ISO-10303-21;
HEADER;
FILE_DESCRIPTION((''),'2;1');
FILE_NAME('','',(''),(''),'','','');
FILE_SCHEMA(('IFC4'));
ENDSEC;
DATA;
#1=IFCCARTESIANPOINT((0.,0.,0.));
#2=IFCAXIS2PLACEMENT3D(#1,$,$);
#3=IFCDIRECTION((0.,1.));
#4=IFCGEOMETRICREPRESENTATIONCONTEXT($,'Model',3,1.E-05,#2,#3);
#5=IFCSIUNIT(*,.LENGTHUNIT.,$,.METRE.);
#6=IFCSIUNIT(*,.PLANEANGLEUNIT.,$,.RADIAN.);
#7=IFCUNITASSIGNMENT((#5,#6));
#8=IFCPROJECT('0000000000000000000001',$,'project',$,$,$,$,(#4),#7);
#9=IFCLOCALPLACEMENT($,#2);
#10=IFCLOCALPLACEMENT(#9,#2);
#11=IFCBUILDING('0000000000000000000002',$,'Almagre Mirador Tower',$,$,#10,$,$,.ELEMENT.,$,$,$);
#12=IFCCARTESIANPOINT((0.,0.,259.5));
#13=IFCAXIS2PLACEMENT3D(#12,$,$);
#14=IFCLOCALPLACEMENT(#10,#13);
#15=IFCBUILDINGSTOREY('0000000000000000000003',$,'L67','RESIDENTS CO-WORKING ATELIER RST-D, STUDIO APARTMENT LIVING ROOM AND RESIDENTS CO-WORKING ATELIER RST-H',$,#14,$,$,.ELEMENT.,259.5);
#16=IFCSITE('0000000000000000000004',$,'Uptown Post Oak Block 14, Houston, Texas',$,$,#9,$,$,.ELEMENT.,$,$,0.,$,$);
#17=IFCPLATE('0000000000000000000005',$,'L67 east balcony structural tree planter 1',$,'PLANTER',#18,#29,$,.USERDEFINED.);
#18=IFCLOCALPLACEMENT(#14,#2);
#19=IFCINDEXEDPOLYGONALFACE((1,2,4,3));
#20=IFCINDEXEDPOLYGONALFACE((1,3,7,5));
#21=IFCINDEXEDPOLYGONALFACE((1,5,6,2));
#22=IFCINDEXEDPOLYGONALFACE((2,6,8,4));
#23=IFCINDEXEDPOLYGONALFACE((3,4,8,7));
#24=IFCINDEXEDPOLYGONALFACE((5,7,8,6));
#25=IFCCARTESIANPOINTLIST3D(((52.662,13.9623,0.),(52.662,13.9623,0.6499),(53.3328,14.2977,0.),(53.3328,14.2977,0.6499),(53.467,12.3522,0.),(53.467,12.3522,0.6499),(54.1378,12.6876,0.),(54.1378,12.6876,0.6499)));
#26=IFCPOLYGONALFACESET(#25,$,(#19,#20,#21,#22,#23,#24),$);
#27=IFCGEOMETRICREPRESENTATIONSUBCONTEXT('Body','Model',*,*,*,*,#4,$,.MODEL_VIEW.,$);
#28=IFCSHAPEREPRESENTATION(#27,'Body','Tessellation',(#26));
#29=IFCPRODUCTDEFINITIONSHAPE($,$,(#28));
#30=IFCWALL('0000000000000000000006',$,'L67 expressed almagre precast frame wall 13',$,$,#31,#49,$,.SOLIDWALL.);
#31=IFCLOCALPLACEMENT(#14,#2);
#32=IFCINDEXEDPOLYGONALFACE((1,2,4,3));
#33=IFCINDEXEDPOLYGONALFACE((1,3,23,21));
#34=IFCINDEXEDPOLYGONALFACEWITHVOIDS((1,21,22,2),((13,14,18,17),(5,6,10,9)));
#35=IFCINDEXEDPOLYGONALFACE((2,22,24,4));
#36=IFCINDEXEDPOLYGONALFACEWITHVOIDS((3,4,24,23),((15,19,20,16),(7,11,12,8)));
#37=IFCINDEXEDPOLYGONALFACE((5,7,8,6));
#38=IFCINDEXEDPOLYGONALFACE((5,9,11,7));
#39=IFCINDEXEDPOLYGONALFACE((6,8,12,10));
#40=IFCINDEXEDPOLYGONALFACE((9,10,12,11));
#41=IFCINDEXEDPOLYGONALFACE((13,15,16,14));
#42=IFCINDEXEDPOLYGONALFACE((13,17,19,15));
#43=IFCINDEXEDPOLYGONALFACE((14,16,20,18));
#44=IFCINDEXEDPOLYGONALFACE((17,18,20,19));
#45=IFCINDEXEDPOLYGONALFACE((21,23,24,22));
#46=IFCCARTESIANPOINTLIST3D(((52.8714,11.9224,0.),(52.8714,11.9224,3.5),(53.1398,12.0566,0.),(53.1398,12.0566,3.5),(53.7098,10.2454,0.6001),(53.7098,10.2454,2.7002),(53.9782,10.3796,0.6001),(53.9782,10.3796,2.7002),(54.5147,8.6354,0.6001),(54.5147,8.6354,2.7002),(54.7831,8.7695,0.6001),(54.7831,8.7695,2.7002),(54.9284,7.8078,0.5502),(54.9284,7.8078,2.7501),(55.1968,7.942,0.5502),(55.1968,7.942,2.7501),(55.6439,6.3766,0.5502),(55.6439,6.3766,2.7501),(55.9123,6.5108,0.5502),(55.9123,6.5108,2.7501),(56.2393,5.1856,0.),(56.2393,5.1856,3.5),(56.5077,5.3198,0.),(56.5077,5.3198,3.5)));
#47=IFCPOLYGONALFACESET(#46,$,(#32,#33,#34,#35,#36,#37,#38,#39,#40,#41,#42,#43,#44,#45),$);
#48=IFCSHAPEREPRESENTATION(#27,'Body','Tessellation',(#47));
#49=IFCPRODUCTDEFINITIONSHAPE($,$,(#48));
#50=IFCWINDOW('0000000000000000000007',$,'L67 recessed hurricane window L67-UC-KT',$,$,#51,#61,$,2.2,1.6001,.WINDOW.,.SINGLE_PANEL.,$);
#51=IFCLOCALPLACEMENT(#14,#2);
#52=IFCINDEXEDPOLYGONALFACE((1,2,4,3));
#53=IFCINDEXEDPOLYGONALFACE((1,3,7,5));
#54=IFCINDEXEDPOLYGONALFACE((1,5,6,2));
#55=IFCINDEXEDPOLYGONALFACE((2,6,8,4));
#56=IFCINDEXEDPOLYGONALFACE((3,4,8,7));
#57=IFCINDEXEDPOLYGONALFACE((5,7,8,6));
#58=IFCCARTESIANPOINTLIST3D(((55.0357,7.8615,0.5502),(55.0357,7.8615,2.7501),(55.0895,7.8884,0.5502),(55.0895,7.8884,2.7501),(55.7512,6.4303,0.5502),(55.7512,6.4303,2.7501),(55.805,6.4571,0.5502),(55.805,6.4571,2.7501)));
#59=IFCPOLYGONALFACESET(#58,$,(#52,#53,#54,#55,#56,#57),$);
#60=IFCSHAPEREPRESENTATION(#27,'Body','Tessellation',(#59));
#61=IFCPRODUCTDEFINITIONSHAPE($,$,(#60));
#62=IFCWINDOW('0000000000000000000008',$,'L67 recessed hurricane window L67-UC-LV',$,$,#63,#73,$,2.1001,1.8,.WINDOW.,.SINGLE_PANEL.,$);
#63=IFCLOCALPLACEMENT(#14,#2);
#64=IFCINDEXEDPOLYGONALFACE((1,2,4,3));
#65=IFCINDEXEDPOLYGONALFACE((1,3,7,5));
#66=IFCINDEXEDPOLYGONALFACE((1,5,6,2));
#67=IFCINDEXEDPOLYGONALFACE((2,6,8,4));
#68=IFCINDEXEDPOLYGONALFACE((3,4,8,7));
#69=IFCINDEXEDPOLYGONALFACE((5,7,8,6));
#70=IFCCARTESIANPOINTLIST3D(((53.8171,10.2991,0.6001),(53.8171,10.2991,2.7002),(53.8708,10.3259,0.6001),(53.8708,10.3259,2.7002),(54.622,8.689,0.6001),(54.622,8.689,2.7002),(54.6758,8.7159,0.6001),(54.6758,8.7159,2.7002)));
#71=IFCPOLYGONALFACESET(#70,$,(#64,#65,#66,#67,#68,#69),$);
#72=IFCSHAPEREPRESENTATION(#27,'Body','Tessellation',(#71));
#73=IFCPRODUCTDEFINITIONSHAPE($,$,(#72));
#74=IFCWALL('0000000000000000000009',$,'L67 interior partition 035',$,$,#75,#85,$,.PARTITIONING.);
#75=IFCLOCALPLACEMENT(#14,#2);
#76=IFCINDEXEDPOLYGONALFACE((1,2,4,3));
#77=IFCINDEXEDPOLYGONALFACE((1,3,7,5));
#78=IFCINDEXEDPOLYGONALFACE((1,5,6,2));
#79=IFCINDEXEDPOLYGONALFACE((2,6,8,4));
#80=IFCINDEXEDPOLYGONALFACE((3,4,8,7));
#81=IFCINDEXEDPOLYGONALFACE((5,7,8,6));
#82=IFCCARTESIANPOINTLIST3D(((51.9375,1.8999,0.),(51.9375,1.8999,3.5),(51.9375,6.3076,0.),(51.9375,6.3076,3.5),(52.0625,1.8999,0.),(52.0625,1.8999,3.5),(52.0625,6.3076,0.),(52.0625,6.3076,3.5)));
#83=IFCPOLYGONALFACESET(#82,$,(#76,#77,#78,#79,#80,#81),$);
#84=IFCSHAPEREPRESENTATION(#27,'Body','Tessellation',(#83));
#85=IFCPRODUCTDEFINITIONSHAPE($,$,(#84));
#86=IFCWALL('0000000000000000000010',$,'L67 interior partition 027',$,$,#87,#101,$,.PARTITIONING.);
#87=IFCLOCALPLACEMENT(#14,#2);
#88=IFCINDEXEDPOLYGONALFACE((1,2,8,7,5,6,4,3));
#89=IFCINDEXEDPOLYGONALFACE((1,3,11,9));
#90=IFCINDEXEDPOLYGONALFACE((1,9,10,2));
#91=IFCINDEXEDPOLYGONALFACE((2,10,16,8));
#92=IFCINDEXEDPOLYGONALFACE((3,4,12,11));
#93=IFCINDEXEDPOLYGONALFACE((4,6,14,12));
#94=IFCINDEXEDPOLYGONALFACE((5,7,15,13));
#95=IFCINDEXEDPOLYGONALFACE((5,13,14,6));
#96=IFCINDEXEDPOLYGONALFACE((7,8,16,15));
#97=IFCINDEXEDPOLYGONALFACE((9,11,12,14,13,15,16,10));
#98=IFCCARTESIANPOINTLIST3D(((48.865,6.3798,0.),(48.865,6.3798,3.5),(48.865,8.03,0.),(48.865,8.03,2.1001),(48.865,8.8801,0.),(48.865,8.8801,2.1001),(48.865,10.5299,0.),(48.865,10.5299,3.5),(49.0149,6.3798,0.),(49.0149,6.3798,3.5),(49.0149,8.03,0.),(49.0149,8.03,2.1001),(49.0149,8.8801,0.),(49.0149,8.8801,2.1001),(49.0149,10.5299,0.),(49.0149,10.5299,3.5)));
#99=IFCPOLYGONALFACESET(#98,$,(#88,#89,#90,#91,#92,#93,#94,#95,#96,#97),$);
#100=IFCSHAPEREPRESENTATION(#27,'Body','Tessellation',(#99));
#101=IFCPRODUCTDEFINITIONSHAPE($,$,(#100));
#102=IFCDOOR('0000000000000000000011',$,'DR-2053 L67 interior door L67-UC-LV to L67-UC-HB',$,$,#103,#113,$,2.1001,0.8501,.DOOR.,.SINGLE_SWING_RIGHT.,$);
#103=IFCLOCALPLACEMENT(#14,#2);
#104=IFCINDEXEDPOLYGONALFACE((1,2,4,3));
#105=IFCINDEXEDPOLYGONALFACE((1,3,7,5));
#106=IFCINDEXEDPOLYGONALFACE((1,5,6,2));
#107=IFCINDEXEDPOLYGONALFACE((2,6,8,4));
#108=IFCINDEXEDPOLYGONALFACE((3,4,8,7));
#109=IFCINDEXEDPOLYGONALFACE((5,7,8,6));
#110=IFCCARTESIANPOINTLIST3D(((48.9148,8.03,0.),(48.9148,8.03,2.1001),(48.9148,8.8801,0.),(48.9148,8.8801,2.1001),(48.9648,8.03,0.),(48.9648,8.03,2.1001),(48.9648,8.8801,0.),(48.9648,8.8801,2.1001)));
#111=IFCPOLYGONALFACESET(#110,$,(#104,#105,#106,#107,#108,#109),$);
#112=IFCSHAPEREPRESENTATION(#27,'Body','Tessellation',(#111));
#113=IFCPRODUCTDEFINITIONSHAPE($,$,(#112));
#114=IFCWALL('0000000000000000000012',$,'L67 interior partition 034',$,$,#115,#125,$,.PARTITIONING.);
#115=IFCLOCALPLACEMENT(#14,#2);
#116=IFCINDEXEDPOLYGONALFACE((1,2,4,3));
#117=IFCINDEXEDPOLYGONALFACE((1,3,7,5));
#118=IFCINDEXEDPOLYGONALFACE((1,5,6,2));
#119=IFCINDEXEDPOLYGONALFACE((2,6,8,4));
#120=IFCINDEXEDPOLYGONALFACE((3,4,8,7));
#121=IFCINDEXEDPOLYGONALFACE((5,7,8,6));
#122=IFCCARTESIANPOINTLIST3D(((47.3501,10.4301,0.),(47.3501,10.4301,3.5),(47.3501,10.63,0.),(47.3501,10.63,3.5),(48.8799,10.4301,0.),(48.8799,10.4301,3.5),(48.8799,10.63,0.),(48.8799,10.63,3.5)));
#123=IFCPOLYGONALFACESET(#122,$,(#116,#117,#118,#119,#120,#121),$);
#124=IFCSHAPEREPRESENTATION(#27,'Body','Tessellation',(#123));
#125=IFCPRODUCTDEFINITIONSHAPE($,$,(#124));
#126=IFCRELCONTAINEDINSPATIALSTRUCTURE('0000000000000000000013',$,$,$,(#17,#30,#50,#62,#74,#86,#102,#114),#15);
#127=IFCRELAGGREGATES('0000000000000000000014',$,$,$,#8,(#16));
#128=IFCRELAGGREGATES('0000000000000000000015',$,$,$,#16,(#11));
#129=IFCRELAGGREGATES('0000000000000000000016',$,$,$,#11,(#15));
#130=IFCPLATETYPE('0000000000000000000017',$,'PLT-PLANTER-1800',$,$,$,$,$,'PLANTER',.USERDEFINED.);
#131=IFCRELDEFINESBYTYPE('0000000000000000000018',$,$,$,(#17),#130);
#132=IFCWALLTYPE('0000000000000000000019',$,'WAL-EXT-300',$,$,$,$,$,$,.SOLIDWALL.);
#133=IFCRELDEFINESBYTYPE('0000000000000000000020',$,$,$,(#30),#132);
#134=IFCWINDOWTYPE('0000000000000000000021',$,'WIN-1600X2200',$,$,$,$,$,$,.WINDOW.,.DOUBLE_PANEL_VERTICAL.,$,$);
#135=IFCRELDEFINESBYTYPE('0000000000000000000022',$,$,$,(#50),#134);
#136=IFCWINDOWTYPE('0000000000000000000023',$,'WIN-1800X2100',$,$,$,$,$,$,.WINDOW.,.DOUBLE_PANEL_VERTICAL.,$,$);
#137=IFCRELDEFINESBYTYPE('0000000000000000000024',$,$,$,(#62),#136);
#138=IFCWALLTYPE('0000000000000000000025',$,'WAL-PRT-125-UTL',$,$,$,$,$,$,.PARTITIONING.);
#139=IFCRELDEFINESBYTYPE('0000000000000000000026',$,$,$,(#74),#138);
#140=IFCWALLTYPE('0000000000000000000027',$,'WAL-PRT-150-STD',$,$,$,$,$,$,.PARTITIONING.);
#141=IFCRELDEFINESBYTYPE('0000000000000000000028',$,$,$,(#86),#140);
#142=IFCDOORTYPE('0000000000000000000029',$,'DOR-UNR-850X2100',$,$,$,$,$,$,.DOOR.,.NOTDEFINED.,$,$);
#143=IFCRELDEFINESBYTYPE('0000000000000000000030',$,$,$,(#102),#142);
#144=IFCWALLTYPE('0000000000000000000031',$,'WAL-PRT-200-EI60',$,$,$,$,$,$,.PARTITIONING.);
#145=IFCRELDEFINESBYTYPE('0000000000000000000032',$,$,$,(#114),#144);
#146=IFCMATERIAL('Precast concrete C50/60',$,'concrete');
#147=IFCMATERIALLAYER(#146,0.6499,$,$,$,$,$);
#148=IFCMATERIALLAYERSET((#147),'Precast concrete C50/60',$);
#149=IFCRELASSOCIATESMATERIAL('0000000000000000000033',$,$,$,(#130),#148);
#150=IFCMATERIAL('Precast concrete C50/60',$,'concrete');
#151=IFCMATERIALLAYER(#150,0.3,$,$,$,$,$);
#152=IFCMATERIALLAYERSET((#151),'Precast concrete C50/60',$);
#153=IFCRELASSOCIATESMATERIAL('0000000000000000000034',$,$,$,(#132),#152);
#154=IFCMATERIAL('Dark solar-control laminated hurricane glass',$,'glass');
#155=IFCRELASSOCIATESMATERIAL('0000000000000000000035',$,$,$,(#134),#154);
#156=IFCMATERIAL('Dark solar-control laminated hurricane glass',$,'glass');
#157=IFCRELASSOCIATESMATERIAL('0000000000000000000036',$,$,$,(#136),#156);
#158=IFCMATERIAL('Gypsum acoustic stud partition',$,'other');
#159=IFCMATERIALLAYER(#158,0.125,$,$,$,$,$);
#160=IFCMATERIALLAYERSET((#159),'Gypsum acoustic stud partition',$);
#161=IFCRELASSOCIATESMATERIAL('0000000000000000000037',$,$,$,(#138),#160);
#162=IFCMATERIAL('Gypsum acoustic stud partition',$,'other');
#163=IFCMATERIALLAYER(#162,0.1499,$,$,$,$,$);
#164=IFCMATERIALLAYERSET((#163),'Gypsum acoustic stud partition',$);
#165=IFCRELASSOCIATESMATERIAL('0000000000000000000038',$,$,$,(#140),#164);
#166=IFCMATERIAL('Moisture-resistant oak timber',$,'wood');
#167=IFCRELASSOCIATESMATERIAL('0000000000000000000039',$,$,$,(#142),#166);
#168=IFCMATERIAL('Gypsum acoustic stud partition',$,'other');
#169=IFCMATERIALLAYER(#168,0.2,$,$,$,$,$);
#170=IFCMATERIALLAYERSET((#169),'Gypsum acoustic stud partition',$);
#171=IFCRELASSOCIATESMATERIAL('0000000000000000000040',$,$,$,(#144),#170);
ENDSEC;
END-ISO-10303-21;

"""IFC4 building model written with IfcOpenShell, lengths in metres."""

from ifc_helpers import new_model, si_unit, direction, frame, frame_2d, origin, origin_2d, place, context, subcontext, project, spatial, rectangle, extrude, material, layer, layer_set, type_object, element, fill, save


model = new_model("IFC4")

# Units and contexts
model_context = context("Model", 3, precision=1e-05, world=origin(), true_north=direction((0.0, 1.0)))
body_context = subcontext(model_context, "Body", "Model", "MODEL_VIEW")
ifc_project = project(units=[si_unit("LENGTHUNIT", "METRE"), si_unit("PLANEANGLEUNIT", "RADIAN")], contexts=[model_context])

# Site, building, storey
site_placement = place(None, origin())
site = spatial("IfcSite", under=ifc_project, at=site_placement, Name="Uptown Post Oak Block 14, Houston, Texas", CompositionType="ELEMENT", RefElevation=0.0)
building_placement = place(site_placement, origin())
building = spatial("IfcBuilding", under=site, at=building_placement, Name="Almagre Mirador Tower", CompositionType="ELEMENT")
storey_placement = place(building_placement, frame((0.0, 0.0, 259.5)))
storey = spatial("IfcBuildingStorey", under=building, at=storey_placement, Name="L67", Description="RESIDENTS CO-WORKING ATELIER RST-D, STUDIO APARTMENT LIVING ROOM AND RESIDENTS CO-WORKING ATELIER RST-H", CompositionType="ELEMENT", Elevation=259.5)

# Plate
ifc_material_1 = material(Name="Precast concrete C50/60", Category="concrete")
ifc_layer_1 = layer(ifc_material_1, 0.6499)
ifc_layer_set_1 = layer_set([ifc_layer_1], Name="Precast concrete C50/60")
plate_type = type_object("IfcPlateType", Name="PLT-PLANTER-1800", ElementType="PLANTER", PredefinedType="USERDEFINED", material=ifc_layer_set_1)
plate_placement = place(storey_placement, frame((53.3999, 13.325, 0.0), z_axis=(0.0, 0.0, 1.0), x_axis=(-0.447213, 0.894428, 0.0)))
element("IfcPlate", 1, at=plate_placement, inside=storey, type_object=plate_type, Name="L67 east balcony structural tree planter 1", ObjectType="PLANTER", PredefinedType="USERDEFINED", context=body_context, shape_type="SweptSolid", body=[
    extrude(rectangle(XDim=1.8, YDim=0.75, at=origin_2d()), origin(), (0.0, 0.0, 1.0), 0.6499),
])

# Wall, openings, windows
ifc_material_2 = material(Name="Precast concrete C50/60", Category="concrete")
ifc_layer_2 = layer(ifc_material_2, 0.3)
ifc_layer_set_2 = layer_set([ifc_layer_2], Name="Precast concrete C50/60")
wall_type_1 = type_object("IfcWallType", Name="WAL-EXT-300", PredefinedType="SOLIDWALL", material=ifc_layer_set_2)
wall_1_placement = place(storey_placement, frame((53.0056, 11.9895, 0.0), z_axis=(0.0, 0.0, 1.0), x_axis=(0.447162, -0.894453, 0.0)))
wall_1 = element("IfcWall", 2, at=wall_1_placement, inside=storey, type_object=wall_type_1, Name="L67 expressed almagre precast frame wall 13", PredefinedType="SOLIDWALL", context=body_context, shape_type="SweptSolid", body=[
    extrude(rectangle(XDim=7.5317, YDim=0.3, at=frame_2d((3.7659, 0.0))), origin(), (0.0, 0.0, 1.0), 3.5),
])
opening_1_placement = place(wall_1_placement, frame((1.875, 0.0, 0.6001)))
opening_1 = element("IfcOpeningElement", 3, at=opening_1_placement, cuts=wall_1, PredefinedType="OPENING", context=body_context, shape_type="SweptSolid", body=[
    extrude(rectangle(XDim=1.8, YDim=2.1001, at=frame_2d((0.8999, 1.05))), frame((0.0, 0.1599, 0.0), z_axis=(0.0, -1.0, 0.0), x_axis=(1.0, 0.0, 0.0)), (0.0, 0.0, 1.0), 0.32),
])
opening_2_placement = place(wall_1_placement, frame((4.6001, 0.0, 0.55)))
opening_2 = element("IfcOpeningElement", 4, at=opening_2_placement, cuts=wall_1, PredefinedType="OPENING", context=body_context, shape_type="SweptSolid", body=[
    extrude(rectangle(XDim=1.6001, YDim=2.2, at=frame_2d((0.8, 1.1001))), frame((0.0, 0.1599, 0.0), z_axis=(0.0, -1.0, 0.0), x_axis=(1.0, 0.0, 0.0)), (0.0, 0.0, 1.0), 0.32),
])
ifc_material_3 = material(Name="Dark solar-control laminated hurricane glass", Category="glass")
window_type_1 = type_object("IfcWindowType", Name="WIN-1600X2200", PartitioningType="DOUBLE_PANEL_VERTICAL", PredefinedType="WINDOW", material=ifc_material_3)
window_1_placement = place(opening_2_placement, origin())
window_1 = element("IfcWindow", 5, at=window_1_placement, inside=storey, type_object=window_type_1, Name="L67 recessed hurricane window L67-UC-KT", OverallHeight=2.2, OverallWidth=1.6001, PartitioningType="SINGLE_PANEL", PredefinedType="WINDOW", context=body_context, shape_type="SweptSolid", body=[
    extrude(rectangle(XDim=1.6001, YDim=2.2, at=frame_2d((0.8, 1.1001))), frame((0.0, 0.03, 0.0), z_axis=(0.0, -1.0, 0.0), x_axis=(1.0, 0.0, 0.0)), (0.0, 0.0, 1.0), 0.0601),
])
fill(opening_2, window_1)
ifc_material_4 = material(Name="Dark solar-control laminated hurricane glass", Category="glass")
window_type_2 = type_object("IfcWindowType", Name="WIN-1800X2100", PartitioningType="DOUBLE_PANEL_VERTICAL", PredefinedType="WINDOW", material=ifc_material_4)
window_2_placement = place(opening_1_placement, origin())
window_2 = element("IfcWindow", 6, at=window_2_placement, inside=storey, type_object=window_type_2, Name="L67 recessed hurricane window L67-UC-LV", OverallHeight=2.1001, OverallWidth=1.8, PartitioningType="SINGLE_PANEL", PredefinedType="WINDOW", context=body_context, shape_type="SweptSolid", body=[
    extrude(rectangle(XDim=1.8, YDim=2.1001, at=frame_2d((0.8999, 1.05))), frame((0.0, 0.03, 0.0), z_axis=(0.0, -1.0, 0.0), x_axis=(1.0, 0.0, 0.0)), (0.0, 0.0, 1.0), 0.0601),
])
fill(opening_1, window_2)

# Wall
ifc_material_5 = material(Name="Gypsum acoustic stud partition", Category="other")
ifc_layer_3 = layer(ifc_material_5, 0.125)
ifc_layer_set_3 = layer_set([ifc_layer_3], Name="Gypsum acoustic stud partition")
wall_type_2 = type_object("IfcWallType", Name="WAL-PRT-125-UTL", PredefinedType="PARTITIONING", material=ifc_layer_set_3)
wall_2_placement = place(storey_placement, frame((52.0, 6.3076, 0.0), z_axis=(0.0, 0.0, 1.0), x_axis=(0.0, -1.0, 0.0)))
element("IfcWall", 7, at=wall_2_placement, inside=storey, type_object=wall_type_2, Name="L67 interior partition 035", PredefinedType="PARTITIONING", context=body_context, shape_type="SweptSolid", body=[
    extrude(rectangle(XDim=4.4077, YDim=0.125, at=frame_2d((2.2039, 0.0))), origin(), (0.0, 0.0, 1.0), 3.5),
])

# Wall, opening, door
ifc_material_6 = material(Name="Gypsum acoustic stud partition", Category="other")
ifc_layer_4 = layer(ifc_material_6, 0.1499)
ifc_layer_set_4 = layer_set([ifc_layer_4], Name="Gypsum acoustic stud partition")
wall_type_3 = type_object("IfcWallType", Name="WAL-PRT-150-STD", PredefinedType="PARTITIONING", material=ifc_layer_set_4)
wall_3_placement = place(storey_placement, frame((48.9399, 10.53, 0.0), z_axis=(0.0, 0.0, 1.0), x_axis=(0.0, -1.0, 0.0)))
wall_3 = element("IfcWall", 8, at=wall_3_placement, inside=storey, type_object=wall_type_3, Name="L67 interior partition 027", PredefinedType="PARTITIONING", context=body_context, shape_type="SweptSolid", body=[
    extrude(rectangle(XDim=4.1501, YDim=0.1499, at=frame_2d((2.0752, 0.0))), origin(), (0.0, 0.0, 1.0), 3.5),
])
opening_3_placement = place(wall_3_placement, frame((1.6499, 0.0, 0.0)))
opening_3 = element("IfcOpeningElement", 9, at=opening_3_placement, cuts=wall_3, PredefinedType="OPENING", context=body_context, shape_type="SweptSolid", body=[
    extrude(rectangle(XDim=0.8501, YDim=2.1001, at=frame_2d((0.425, 1.05))), frame((0.0, 0.085, 0.0), z_axis=(0.0, -1.0, 0.0), x_axis=(1.0, 0.0, 0.0)), (0.0, 0.0, 1.0), 0.1699),
])
ifc_material_7 = material(Name="Moisture-resistant oak timber", Category="wood")
door_type_1 = type_object("IfcDoorType", Name="DOR-UNR-850X2100", OperationType="NOTDEFINED", PredefinedType="DOOR", material=ifc_material_7)
door_1_placement = place(opening_3_placement, origin())
door_1 = element("IfcDoor", 10, at=door_1_placement, inside=storey, type_object=door_type_1, Name="DR-2053 L67 interior door L67-UC-LV to L67-UC-HB", OperationType="SINGLE_SWING_RIGHT", OverallHeight=2.1001, OverallWidth=0.8501, PredefinedType="DOOR", context=body_context, shape_type="SweptSolid", body=[
    extrude(rectangle(XDim=0.8501, YDim=2.1001, at=frame_2d((0.425, 1.05))), frame((0.0, 0.0249, 0.0), z_axis=(0.0, -1.0, 0.0), x_axis=(1.0, 0.0, 0.0)), (0.0, 0.0, 1.0), 0.05),
])
fill(opening_3, door_1)

# Wall
ifc_material_8 = material(Name="Gypsum acoustic stud partition", Category="other")
ifc_layer_5 = layer(ifc_material_8, 0.2)
ifc_layer_set_5 = layer_set([ifc_layer_5], Name="Gypsum acoustic stud partition")
wall_type_4 = type_object("IfcWallType", Name="WAL-PRT-200-EI60", PredefinedType="PARTITIONING", material=ifc_layer_set_5)
wall_4_placement = place(storey_placement, frame((48.8799, 10.53, 0.0), z_axis=(0.0, 0.0, 1.0), x_axis=(-1.0, 0.0, 0.0)))
element("IfcWall", 11, at=wall_4_placement, inside=storey, type_object=wall_type_4, Name="L67 interior partition 034", PredefinedType="PARTITIONING", context=body_context, shape_type="SweptSolid", body=[
    extrude(rectangle(XDim=1.5298, YDim=0.2, at=frame_2d((0.7649, 0.0))), origin(), (0.0, 0.0, 1.0), 3.5),
])

save(model, "model.ifc")
